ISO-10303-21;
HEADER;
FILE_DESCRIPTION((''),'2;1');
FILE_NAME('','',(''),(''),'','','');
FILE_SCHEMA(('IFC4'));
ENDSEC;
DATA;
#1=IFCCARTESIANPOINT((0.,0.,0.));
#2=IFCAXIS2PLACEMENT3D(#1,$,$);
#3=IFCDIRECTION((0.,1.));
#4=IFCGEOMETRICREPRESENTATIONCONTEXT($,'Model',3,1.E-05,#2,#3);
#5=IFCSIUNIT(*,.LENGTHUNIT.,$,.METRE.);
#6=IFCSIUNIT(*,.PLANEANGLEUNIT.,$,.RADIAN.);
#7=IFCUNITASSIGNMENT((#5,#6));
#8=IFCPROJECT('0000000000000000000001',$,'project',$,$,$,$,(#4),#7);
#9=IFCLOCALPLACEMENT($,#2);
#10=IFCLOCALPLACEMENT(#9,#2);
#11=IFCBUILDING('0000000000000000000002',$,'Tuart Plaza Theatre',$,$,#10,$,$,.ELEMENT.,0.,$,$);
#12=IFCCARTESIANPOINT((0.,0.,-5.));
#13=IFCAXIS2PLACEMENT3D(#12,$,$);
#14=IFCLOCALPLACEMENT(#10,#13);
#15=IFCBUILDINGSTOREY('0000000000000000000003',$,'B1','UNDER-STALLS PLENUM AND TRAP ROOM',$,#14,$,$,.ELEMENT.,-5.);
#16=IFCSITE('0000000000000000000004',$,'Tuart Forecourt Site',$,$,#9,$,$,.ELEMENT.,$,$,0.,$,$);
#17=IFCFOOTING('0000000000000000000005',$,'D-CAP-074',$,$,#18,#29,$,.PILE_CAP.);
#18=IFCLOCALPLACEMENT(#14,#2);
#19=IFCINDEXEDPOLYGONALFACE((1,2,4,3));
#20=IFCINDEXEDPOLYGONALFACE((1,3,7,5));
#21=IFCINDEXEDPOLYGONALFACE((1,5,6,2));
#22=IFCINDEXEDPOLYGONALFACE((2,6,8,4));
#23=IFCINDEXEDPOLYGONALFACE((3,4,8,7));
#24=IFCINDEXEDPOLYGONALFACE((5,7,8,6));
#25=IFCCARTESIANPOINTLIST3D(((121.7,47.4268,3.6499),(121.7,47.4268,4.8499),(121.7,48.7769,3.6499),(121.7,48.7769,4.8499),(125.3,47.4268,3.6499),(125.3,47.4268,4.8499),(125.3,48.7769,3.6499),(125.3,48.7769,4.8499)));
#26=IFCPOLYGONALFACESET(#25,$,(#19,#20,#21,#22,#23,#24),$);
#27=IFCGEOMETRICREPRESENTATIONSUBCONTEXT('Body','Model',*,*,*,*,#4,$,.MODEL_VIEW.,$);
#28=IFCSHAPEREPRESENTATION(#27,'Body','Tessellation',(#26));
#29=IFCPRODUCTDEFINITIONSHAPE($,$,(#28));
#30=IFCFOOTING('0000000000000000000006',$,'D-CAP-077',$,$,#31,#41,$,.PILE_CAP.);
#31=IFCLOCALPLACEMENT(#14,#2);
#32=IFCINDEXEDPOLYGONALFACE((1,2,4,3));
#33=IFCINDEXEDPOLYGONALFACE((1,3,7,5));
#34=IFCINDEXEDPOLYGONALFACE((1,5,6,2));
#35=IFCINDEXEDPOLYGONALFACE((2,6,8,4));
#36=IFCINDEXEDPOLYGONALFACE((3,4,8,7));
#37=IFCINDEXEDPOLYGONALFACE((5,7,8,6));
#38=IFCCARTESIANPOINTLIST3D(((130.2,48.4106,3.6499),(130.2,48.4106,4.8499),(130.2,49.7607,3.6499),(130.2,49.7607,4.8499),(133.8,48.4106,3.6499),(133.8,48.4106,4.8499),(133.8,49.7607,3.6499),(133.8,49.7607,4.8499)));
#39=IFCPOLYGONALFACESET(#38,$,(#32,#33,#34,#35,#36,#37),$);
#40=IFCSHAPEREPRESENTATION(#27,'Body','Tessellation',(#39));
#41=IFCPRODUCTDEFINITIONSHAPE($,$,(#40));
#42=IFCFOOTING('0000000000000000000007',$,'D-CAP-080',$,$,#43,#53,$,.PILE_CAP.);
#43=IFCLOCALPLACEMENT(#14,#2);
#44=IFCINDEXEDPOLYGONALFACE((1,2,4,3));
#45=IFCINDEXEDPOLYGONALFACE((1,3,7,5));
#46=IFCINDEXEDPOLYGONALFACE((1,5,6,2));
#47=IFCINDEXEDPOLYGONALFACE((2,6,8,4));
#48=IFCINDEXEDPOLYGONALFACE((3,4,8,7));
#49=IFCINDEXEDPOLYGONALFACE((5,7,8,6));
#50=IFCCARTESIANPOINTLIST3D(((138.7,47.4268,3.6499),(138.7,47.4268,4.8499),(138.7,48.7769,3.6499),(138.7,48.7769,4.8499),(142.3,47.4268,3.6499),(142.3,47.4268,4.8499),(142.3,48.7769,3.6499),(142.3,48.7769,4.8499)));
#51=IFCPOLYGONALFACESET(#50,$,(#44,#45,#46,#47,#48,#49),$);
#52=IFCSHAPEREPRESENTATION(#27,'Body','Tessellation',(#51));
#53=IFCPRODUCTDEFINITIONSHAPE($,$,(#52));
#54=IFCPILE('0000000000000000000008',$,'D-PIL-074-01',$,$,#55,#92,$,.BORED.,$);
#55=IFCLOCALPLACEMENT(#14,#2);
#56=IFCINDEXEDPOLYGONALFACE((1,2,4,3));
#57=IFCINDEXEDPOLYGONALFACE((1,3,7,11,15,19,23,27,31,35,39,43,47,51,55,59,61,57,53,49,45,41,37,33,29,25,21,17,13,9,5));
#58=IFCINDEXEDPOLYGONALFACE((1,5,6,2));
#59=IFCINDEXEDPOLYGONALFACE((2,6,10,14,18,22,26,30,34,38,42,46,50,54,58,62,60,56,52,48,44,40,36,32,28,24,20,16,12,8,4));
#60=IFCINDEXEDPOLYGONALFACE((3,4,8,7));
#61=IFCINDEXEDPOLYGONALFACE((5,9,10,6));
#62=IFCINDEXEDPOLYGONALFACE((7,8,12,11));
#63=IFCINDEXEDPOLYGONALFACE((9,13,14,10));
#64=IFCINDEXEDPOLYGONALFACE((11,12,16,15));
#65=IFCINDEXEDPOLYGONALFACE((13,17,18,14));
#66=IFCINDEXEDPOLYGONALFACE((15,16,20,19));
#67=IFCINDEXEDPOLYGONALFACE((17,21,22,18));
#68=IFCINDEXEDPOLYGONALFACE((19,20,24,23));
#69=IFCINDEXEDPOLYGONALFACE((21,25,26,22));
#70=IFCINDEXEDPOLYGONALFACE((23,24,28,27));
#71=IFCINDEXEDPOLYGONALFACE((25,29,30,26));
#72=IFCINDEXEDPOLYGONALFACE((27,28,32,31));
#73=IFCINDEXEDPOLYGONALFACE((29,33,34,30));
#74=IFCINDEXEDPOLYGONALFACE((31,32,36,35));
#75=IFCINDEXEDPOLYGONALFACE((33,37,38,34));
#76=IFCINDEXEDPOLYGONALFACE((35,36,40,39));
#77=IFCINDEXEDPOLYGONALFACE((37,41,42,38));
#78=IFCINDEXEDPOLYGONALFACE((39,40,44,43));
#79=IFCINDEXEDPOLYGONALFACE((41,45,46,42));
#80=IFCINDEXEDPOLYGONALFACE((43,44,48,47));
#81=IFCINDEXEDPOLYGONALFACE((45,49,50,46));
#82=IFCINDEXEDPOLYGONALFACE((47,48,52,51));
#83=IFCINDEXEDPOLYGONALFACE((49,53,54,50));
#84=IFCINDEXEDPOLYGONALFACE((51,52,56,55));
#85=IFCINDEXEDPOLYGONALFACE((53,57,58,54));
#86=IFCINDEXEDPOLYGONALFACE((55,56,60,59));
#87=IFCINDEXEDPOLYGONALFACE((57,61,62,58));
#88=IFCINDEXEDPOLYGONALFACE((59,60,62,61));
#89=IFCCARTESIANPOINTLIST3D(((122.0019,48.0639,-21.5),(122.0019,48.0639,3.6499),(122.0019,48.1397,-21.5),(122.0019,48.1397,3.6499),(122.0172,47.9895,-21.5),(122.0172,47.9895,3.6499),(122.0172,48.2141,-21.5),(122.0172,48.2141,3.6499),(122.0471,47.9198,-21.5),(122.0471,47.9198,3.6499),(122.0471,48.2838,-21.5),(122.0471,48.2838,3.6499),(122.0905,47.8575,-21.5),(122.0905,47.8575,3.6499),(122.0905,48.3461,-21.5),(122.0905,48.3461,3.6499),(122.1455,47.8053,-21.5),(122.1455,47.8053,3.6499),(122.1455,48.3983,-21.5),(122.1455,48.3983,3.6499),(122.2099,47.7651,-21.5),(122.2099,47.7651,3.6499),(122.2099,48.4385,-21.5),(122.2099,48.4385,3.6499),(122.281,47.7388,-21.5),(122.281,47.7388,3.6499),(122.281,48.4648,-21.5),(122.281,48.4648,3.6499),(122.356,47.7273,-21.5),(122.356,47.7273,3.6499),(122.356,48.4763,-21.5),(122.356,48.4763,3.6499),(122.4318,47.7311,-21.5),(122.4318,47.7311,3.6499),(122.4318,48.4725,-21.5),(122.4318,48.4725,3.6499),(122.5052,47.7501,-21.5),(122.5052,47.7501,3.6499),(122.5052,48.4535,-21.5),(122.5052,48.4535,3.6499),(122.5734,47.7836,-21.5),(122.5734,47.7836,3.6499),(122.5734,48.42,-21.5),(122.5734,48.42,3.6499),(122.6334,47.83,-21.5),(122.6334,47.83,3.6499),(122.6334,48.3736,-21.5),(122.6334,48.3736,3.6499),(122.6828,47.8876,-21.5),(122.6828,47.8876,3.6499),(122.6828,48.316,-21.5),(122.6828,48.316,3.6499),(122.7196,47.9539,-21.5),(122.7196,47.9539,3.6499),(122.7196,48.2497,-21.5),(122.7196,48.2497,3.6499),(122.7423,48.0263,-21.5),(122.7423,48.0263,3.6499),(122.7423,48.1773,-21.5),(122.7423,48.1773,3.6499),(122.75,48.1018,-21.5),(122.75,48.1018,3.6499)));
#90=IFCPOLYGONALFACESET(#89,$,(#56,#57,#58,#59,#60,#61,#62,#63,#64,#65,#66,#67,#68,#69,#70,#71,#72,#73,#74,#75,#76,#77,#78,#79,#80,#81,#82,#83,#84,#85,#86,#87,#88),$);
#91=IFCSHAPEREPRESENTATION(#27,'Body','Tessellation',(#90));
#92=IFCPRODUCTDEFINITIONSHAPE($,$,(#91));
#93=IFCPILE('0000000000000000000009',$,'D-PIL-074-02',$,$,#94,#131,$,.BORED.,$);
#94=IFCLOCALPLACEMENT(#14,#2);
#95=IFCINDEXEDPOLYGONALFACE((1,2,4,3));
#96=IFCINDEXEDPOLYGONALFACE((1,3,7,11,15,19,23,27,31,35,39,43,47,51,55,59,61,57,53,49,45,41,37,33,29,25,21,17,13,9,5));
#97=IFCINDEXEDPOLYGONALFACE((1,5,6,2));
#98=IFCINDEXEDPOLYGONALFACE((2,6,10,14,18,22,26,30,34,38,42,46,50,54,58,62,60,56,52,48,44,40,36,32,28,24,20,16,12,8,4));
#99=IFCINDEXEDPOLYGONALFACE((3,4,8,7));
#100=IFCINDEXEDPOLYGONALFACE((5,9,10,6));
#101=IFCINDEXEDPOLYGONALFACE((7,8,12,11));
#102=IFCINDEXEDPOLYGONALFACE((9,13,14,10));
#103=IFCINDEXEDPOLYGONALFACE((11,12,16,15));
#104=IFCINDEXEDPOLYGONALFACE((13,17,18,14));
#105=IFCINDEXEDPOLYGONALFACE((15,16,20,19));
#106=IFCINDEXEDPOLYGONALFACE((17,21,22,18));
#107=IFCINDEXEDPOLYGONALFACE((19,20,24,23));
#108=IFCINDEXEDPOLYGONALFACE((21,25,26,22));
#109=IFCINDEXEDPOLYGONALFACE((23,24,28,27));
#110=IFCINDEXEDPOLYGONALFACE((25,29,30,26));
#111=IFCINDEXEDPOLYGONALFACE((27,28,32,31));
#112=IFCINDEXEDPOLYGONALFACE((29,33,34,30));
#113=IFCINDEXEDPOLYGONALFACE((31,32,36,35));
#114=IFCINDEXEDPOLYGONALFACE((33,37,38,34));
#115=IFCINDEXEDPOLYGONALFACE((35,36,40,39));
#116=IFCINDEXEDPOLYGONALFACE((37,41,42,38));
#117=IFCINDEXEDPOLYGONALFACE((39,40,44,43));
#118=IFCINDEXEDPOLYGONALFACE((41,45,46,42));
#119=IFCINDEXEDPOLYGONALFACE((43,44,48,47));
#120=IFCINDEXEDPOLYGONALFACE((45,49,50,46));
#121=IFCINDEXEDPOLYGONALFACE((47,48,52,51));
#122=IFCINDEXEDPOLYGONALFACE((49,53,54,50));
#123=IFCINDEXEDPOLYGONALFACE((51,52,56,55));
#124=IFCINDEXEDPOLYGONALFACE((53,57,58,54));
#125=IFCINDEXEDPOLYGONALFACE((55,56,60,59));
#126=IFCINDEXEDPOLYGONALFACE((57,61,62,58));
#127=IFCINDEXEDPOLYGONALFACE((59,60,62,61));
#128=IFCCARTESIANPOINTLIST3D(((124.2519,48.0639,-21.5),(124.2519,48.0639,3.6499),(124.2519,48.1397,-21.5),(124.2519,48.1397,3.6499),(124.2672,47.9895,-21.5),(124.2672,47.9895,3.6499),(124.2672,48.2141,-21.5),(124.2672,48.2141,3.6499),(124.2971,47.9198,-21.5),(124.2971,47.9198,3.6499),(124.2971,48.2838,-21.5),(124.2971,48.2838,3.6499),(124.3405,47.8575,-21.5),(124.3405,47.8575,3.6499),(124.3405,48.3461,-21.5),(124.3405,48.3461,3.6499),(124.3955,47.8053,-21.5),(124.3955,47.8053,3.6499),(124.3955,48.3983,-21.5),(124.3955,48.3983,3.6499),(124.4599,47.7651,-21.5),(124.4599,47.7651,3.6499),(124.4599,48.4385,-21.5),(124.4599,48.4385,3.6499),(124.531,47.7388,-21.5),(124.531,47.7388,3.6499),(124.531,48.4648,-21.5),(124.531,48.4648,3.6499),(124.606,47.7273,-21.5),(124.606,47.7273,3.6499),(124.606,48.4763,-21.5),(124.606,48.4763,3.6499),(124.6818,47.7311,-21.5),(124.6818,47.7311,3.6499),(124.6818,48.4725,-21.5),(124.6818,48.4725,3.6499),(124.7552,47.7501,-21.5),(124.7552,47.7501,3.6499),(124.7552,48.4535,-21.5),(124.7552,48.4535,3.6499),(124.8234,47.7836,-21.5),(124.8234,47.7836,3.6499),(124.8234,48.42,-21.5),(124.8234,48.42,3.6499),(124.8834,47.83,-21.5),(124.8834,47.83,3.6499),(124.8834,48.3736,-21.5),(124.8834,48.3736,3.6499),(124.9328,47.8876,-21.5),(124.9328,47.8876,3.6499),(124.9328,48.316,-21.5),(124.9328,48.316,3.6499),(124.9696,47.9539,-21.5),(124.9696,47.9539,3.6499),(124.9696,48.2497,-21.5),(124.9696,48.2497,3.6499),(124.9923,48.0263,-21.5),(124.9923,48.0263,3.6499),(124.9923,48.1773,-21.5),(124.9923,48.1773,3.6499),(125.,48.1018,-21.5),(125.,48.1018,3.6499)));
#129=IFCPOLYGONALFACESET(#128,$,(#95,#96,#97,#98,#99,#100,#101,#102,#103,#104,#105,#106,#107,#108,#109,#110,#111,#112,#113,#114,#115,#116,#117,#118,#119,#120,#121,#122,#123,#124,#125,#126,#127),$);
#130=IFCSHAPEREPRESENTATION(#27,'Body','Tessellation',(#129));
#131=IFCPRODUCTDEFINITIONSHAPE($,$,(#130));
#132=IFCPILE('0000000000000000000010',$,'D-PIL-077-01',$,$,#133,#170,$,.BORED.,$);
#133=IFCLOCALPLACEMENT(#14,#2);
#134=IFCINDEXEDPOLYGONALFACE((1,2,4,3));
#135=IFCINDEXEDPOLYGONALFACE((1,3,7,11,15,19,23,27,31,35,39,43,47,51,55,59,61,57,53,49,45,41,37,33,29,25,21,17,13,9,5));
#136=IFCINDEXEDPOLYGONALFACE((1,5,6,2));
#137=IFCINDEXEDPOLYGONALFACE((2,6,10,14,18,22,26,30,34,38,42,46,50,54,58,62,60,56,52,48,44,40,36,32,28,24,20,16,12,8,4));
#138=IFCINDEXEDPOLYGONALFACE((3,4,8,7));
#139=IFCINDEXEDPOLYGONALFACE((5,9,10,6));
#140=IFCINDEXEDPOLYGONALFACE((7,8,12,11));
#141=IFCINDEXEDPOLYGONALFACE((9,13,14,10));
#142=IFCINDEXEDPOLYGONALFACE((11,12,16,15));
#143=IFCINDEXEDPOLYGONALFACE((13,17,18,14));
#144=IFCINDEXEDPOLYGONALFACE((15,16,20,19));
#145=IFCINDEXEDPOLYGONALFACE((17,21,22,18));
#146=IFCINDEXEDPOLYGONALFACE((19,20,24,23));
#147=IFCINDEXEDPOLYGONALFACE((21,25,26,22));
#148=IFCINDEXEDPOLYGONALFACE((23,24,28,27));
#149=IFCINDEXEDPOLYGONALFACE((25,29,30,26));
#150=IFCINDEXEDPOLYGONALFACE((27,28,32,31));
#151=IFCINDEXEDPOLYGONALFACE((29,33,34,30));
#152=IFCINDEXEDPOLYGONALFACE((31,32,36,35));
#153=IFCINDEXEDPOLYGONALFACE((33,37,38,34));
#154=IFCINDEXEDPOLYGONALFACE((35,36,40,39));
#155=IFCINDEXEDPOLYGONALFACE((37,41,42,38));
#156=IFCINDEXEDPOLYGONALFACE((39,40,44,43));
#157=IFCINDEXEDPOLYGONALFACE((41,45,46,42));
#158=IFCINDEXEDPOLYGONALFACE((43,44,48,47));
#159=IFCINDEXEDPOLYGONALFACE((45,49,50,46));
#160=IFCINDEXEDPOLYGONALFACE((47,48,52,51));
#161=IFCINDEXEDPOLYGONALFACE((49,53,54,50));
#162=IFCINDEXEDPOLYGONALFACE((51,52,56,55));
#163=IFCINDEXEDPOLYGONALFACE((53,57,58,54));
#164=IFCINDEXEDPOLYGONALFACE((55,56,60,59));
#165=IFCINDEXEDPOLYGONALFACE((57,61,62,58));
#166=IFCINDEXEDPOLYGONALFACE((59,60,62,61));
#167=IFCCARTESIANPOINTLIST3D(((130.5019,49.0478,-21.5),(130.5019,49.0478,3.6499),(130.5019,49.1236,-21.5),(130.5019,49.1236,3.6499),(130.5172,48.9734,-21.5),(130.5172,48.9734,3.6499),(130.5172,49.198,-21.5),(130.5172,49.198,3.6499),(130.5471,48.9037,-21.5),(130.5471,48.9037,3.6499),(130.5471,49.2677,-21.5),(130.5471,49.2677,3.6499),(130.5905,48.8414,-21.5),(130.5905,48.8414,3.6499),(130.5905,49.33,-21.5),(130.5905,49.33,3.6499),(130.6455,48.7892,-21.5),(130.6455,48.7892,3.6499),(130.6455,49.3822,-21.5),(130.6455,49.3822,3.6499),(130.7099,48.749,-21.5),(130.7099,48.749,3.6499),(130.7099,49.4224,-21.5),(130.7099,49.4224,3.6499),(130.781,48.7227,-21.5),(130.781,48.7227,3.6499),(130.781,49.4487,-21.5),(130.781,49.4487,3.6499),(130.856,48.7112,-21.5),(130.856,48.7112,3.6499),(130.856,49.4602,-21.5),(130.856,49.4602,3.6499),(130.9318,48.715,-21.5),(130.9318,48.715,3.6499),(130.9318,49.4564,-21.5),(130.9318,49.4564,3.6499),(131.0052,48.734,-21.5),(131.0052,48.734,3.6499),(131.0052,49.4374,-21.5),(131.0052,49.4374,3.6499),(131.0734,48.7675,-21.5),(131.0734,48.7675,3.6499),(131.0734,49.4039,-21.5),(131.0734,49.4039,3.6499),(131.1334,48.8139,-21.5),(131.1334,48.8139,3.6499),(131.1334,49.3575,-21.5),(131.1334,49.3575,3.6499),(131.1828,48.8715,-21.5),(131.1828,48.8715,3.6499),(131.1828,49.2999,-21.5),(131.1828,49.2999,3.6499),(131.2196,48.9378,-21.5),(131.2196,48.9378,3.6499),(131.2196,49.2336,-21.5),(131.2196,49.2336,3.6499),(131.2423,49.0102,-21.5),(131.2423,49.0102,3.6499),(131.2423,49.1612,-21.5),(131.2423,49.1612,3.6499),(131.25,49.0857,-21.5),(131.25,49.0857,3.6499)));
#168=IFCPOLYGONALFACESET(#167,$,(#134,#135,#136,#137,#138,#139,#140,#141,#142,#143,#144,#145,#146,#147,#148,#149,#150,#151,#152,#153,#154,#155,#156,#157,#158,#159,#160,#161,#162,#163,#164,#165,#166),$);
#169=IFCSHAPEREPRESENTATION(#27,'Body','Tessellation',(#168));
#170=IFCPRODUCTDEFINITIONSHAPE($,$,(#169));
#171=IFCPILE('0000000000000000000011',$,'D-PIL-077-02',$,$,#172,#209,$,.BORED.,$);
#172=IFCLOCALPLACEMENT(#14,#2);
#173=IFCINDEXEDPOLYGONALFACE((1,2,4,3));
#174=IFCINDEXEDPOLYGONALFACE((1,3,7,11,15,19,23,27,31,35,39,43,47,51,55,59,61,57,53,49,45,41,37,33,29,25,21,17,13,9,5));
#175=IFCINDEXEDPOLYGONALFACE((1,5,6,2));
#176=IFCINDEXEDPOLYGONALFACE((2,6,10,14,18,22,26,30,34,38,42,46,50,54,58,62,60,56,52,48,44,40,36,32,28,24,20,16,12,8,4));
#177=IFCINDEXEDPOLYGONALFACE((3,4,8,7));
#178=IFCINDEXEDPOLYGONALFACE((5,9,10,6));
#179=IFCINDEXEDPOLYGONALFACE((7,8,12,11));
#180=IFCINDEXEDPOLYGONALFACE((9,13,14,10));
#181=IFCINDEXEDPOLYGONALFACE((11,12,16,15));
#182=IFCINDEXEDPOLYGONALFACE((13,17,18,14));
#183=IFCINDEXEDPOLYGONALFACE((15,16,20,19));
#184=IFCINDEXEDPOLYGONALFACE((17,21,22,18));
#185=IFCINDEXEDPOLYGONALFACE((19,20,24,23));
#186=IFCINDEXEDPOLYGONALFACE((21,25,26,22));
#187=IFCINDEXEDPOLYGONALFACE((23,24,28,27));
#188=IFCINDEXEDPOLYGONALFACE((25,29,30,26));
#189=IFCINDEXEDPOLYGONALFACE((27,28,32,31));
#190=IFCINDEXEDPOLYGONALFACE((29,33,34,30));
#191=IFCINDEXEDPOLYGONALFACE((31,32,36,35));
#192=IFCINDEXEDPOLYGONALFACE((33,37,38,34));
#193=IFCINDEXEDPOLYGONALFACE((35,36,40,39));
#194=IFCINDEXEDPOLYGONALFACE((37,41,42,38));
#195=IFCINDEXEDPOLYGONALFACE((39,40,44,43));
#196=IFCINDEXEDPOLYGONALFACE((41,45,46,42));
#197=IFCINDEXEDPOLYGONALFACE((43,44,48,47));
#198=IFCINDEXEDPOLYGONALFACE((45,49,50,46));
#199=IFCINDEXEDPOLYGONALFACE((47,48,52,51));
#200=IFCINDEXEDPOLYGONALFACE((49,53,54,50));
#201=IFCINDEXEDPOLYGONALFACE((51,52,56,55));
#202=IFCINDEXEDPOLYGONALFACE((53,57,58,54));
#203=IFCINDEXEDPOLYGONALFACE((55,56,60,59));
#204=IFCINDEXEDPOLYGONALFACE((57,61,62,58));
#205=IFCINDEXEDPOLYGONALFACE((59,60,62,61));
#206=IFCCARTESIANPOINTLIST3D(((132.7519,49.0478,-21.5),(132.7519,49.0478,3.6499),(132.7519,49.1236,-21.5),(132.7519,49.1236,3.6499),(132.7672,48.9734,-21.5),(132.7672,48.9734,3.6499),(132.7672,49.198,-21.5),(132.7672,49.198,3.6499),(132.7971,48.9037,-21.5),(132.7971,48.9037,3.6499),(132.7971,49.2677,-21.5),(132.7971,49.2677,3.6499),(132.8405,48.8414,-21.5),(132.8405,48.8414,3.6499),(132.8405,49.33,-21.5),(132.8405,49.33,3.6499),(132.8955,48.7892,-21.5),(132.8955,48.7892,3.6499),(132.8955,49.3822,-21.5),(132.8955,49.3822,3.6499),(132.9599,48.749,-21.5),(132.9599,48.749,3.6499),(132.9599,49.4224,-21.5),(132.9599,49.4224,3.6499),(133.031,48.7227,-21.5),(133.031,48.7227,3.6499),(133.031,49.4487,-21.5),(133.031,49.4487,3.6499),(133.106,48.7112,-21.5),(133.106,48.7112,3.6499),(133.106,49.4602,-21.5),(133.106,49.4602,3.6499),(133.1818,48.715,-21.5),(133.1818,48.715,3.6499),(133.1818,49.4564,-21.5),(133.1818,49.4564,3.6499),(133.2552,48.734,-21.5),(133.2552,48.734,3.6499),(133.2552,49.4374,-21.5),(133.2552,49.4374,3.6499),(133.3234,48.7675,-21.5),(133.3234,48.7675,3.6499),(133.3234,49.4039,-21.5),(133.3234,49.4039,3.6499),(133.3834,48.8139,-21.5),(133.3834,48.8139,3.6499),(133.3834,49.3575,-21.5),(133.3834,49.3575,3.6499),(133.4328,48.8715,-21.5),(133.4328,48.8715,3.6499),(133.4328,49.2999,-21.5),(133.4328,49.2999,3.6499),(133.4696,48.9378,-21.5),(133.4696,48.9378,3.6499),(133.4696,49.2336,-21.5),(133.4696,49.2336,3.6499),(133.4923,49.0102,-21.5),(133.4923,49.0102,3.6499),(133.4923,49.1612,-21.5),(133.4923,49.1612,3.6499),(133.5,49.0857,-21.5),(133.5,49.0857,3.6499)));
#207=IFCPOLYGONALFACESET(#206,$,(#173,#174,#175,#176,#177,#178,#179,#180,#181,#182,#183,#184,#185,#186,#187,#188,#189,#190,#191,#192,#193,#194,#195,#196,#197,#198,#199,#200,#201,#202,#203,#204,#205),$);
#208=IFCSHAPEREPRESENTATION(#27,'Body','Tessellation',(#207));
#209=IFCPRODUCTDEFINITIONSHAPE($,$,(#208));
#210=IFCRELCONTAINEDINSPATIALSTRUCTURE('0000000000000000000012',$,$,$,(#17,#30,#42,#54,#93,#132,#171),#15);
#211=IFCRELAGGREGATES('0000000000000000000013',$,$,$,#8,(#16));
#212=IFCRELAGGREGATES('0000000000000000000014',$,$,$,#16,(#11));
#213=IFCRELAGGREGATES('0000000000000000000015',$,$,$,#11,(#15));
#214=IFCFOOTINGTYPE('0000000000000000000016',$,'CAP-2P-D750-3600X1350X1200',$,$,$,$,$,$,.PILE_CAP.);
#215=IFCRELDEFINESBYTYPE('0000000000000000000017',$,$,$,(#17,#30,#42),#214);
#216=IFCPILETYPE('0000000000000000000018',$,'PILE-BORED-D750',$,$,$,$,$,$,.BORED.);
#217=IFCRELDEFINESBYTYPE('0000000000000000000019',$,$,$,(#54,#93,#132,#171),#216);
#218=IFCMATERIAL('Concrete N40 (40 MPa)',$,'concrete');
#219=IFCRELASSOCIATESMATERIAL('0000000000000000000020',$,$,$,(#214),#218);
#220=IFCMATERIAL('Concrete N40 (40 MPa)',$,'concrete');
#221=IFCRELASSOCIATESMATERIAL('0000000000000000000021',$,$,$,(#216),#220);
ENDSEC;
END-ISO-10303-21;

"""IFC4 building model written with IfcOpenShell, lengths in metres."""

from ifc_helpers import new_model, si_unit, direction, frame, origin, origin_2d, place, context, subcontext, project, spatial, rectangle, circle, extrude, material, material_profile, profile_set, type_object, element, save


model = new_model("IFC4")

# Units and contexts
model_context = context("Model", 3, precision=1e-05, world=origin(), true_north=direction((0.0, 1.0)))
body_context = subcontext(model_context, "Body", "Model", "MODEL_VIEW")
ifc_project = project(units=[si_unit("LENGTHUNIT", "METRE"), si_unit("PLANEANGLEUNIT", "RADIAN")], contexts=[model_context])

# Site, building, storey
site_placement = place(None, origin())
site = spatial("IfcSite", under=ifc_project, at=site_placement, Name="Tuart Forecourt Site", CompositionType="ELEMENT", RefElevation=0.0)
building_placement = place(site_placement, origin())
building = spatial("IfcBuilding", under=site, at=building_placement, Name="Tuart Plaza Theatre", CompositionType="ELEMENT", ElevationOfRefHeight=0.0)
storey_placement = place(building_placement, frame((0.0, 0.0, -5.0)))
storey = spatial("IfcBuildingStorey", under=building, at=storey_placement, Name="B1", Description="UNDER-STALLS PLENUM AND TRAP ROOM", CompositionType="ELEMENT", Elevation=-5.0)

# Footings
ifc_material_1 = material(Name="Concrete N40 (40 MPa)", Category="concrete")
footing_type = type_object("IfcFootingType", Name="CAP-2P-D750-3600X1350X1200", PredefinedType="PILE_CAP", material=ifc_material_1)
for number, where, z_axis, x_axis, name in (
    (1, (123.5, 48.1018, 3.6499), (0.0, 0.0, 1.0), (1.0, 0.0, 0.0), "D-CAP-074"),
    (2, (132.0, 49.0857, 3.6499), (0.0, 0.0, 1.0), (1.0, 0.0, 0.0), "D-CAP-077"),
    (3, (140.5, 48.1018, 3.6499), (0.0, 0.0, 1.0), (1.0, 0.0, 0.0), "D-CAP-080"),
):
    element("IfcFooting", number, at=place(storey_placement, frame(where, z_axis=z_axis, x_axis=x_axis)), inside=storey, type_object=footing_type, Name=name, PredefinedType="PILE_CAP", context=body_context, shape_type="SweptSolid", body=[
        extrude(rectangle(XDim=3.6001, YDim=1.3501, at=origin_2d()), origin(), (0.0, 0.0, 1.0), 1.2),
    ])

# Piles
ifc_material_2 = material(Name="Concrete N40 (40 MPa)", Category="concrete")
ifc_material_profile_1 = material_profile(ifc_material_2, circle(Radius=0.375, at=origin_2d()), Name="PILE-BORED-D750")
ifc_profile_set_1 = profile_set([ifc_material_profile_1], Name="Concrete N40 (40 MPa)")
pile_type = type_object("IfcPileType", Name="PILE-BORED-D750", PredefinedType="BORED", material=ifc_profile_set_1)
for number, where, z_axis, x_axis, name in (
    (4, (122.375, 48.1018, 3.6499), (0.0, 0.0, -1.0), (1.0, 0.0, 0.0), "D-PIL-074-01"),
    (5, (124.625, 48.1018, 3.6499), (0.0, 0.0, -1.0), (1.0, 0.0, 0.0), "D-PIL-074-02"),
    (6, (130.875, 49.0857, 3.6499), (0.0, 0.0, -1.0), (1.0, 0.0, 0.0), "D-PIL-077-01"),
    (7, (133.125, 49.0857, 3.6499), (0.0, 0.0, -1.0), (1.0, 0.0, 0.0), "D-PIL-077-02"),
):
    element("IfcPile", number, at=place(storey_placement, frame(where, z_axis=z_axis, x_axis=x_axis)), inside=storey, type_object=pile_type, Name=name, PredefinedType="BORED", context=body_context, shape_type="SweptSolid", body=[
        extrude(circle(Radius=0.375, at=origin_2d()), origin(), (0.0, 0.0, 1.0), 25.1499),
    ])

save(model, "model.ifc")
